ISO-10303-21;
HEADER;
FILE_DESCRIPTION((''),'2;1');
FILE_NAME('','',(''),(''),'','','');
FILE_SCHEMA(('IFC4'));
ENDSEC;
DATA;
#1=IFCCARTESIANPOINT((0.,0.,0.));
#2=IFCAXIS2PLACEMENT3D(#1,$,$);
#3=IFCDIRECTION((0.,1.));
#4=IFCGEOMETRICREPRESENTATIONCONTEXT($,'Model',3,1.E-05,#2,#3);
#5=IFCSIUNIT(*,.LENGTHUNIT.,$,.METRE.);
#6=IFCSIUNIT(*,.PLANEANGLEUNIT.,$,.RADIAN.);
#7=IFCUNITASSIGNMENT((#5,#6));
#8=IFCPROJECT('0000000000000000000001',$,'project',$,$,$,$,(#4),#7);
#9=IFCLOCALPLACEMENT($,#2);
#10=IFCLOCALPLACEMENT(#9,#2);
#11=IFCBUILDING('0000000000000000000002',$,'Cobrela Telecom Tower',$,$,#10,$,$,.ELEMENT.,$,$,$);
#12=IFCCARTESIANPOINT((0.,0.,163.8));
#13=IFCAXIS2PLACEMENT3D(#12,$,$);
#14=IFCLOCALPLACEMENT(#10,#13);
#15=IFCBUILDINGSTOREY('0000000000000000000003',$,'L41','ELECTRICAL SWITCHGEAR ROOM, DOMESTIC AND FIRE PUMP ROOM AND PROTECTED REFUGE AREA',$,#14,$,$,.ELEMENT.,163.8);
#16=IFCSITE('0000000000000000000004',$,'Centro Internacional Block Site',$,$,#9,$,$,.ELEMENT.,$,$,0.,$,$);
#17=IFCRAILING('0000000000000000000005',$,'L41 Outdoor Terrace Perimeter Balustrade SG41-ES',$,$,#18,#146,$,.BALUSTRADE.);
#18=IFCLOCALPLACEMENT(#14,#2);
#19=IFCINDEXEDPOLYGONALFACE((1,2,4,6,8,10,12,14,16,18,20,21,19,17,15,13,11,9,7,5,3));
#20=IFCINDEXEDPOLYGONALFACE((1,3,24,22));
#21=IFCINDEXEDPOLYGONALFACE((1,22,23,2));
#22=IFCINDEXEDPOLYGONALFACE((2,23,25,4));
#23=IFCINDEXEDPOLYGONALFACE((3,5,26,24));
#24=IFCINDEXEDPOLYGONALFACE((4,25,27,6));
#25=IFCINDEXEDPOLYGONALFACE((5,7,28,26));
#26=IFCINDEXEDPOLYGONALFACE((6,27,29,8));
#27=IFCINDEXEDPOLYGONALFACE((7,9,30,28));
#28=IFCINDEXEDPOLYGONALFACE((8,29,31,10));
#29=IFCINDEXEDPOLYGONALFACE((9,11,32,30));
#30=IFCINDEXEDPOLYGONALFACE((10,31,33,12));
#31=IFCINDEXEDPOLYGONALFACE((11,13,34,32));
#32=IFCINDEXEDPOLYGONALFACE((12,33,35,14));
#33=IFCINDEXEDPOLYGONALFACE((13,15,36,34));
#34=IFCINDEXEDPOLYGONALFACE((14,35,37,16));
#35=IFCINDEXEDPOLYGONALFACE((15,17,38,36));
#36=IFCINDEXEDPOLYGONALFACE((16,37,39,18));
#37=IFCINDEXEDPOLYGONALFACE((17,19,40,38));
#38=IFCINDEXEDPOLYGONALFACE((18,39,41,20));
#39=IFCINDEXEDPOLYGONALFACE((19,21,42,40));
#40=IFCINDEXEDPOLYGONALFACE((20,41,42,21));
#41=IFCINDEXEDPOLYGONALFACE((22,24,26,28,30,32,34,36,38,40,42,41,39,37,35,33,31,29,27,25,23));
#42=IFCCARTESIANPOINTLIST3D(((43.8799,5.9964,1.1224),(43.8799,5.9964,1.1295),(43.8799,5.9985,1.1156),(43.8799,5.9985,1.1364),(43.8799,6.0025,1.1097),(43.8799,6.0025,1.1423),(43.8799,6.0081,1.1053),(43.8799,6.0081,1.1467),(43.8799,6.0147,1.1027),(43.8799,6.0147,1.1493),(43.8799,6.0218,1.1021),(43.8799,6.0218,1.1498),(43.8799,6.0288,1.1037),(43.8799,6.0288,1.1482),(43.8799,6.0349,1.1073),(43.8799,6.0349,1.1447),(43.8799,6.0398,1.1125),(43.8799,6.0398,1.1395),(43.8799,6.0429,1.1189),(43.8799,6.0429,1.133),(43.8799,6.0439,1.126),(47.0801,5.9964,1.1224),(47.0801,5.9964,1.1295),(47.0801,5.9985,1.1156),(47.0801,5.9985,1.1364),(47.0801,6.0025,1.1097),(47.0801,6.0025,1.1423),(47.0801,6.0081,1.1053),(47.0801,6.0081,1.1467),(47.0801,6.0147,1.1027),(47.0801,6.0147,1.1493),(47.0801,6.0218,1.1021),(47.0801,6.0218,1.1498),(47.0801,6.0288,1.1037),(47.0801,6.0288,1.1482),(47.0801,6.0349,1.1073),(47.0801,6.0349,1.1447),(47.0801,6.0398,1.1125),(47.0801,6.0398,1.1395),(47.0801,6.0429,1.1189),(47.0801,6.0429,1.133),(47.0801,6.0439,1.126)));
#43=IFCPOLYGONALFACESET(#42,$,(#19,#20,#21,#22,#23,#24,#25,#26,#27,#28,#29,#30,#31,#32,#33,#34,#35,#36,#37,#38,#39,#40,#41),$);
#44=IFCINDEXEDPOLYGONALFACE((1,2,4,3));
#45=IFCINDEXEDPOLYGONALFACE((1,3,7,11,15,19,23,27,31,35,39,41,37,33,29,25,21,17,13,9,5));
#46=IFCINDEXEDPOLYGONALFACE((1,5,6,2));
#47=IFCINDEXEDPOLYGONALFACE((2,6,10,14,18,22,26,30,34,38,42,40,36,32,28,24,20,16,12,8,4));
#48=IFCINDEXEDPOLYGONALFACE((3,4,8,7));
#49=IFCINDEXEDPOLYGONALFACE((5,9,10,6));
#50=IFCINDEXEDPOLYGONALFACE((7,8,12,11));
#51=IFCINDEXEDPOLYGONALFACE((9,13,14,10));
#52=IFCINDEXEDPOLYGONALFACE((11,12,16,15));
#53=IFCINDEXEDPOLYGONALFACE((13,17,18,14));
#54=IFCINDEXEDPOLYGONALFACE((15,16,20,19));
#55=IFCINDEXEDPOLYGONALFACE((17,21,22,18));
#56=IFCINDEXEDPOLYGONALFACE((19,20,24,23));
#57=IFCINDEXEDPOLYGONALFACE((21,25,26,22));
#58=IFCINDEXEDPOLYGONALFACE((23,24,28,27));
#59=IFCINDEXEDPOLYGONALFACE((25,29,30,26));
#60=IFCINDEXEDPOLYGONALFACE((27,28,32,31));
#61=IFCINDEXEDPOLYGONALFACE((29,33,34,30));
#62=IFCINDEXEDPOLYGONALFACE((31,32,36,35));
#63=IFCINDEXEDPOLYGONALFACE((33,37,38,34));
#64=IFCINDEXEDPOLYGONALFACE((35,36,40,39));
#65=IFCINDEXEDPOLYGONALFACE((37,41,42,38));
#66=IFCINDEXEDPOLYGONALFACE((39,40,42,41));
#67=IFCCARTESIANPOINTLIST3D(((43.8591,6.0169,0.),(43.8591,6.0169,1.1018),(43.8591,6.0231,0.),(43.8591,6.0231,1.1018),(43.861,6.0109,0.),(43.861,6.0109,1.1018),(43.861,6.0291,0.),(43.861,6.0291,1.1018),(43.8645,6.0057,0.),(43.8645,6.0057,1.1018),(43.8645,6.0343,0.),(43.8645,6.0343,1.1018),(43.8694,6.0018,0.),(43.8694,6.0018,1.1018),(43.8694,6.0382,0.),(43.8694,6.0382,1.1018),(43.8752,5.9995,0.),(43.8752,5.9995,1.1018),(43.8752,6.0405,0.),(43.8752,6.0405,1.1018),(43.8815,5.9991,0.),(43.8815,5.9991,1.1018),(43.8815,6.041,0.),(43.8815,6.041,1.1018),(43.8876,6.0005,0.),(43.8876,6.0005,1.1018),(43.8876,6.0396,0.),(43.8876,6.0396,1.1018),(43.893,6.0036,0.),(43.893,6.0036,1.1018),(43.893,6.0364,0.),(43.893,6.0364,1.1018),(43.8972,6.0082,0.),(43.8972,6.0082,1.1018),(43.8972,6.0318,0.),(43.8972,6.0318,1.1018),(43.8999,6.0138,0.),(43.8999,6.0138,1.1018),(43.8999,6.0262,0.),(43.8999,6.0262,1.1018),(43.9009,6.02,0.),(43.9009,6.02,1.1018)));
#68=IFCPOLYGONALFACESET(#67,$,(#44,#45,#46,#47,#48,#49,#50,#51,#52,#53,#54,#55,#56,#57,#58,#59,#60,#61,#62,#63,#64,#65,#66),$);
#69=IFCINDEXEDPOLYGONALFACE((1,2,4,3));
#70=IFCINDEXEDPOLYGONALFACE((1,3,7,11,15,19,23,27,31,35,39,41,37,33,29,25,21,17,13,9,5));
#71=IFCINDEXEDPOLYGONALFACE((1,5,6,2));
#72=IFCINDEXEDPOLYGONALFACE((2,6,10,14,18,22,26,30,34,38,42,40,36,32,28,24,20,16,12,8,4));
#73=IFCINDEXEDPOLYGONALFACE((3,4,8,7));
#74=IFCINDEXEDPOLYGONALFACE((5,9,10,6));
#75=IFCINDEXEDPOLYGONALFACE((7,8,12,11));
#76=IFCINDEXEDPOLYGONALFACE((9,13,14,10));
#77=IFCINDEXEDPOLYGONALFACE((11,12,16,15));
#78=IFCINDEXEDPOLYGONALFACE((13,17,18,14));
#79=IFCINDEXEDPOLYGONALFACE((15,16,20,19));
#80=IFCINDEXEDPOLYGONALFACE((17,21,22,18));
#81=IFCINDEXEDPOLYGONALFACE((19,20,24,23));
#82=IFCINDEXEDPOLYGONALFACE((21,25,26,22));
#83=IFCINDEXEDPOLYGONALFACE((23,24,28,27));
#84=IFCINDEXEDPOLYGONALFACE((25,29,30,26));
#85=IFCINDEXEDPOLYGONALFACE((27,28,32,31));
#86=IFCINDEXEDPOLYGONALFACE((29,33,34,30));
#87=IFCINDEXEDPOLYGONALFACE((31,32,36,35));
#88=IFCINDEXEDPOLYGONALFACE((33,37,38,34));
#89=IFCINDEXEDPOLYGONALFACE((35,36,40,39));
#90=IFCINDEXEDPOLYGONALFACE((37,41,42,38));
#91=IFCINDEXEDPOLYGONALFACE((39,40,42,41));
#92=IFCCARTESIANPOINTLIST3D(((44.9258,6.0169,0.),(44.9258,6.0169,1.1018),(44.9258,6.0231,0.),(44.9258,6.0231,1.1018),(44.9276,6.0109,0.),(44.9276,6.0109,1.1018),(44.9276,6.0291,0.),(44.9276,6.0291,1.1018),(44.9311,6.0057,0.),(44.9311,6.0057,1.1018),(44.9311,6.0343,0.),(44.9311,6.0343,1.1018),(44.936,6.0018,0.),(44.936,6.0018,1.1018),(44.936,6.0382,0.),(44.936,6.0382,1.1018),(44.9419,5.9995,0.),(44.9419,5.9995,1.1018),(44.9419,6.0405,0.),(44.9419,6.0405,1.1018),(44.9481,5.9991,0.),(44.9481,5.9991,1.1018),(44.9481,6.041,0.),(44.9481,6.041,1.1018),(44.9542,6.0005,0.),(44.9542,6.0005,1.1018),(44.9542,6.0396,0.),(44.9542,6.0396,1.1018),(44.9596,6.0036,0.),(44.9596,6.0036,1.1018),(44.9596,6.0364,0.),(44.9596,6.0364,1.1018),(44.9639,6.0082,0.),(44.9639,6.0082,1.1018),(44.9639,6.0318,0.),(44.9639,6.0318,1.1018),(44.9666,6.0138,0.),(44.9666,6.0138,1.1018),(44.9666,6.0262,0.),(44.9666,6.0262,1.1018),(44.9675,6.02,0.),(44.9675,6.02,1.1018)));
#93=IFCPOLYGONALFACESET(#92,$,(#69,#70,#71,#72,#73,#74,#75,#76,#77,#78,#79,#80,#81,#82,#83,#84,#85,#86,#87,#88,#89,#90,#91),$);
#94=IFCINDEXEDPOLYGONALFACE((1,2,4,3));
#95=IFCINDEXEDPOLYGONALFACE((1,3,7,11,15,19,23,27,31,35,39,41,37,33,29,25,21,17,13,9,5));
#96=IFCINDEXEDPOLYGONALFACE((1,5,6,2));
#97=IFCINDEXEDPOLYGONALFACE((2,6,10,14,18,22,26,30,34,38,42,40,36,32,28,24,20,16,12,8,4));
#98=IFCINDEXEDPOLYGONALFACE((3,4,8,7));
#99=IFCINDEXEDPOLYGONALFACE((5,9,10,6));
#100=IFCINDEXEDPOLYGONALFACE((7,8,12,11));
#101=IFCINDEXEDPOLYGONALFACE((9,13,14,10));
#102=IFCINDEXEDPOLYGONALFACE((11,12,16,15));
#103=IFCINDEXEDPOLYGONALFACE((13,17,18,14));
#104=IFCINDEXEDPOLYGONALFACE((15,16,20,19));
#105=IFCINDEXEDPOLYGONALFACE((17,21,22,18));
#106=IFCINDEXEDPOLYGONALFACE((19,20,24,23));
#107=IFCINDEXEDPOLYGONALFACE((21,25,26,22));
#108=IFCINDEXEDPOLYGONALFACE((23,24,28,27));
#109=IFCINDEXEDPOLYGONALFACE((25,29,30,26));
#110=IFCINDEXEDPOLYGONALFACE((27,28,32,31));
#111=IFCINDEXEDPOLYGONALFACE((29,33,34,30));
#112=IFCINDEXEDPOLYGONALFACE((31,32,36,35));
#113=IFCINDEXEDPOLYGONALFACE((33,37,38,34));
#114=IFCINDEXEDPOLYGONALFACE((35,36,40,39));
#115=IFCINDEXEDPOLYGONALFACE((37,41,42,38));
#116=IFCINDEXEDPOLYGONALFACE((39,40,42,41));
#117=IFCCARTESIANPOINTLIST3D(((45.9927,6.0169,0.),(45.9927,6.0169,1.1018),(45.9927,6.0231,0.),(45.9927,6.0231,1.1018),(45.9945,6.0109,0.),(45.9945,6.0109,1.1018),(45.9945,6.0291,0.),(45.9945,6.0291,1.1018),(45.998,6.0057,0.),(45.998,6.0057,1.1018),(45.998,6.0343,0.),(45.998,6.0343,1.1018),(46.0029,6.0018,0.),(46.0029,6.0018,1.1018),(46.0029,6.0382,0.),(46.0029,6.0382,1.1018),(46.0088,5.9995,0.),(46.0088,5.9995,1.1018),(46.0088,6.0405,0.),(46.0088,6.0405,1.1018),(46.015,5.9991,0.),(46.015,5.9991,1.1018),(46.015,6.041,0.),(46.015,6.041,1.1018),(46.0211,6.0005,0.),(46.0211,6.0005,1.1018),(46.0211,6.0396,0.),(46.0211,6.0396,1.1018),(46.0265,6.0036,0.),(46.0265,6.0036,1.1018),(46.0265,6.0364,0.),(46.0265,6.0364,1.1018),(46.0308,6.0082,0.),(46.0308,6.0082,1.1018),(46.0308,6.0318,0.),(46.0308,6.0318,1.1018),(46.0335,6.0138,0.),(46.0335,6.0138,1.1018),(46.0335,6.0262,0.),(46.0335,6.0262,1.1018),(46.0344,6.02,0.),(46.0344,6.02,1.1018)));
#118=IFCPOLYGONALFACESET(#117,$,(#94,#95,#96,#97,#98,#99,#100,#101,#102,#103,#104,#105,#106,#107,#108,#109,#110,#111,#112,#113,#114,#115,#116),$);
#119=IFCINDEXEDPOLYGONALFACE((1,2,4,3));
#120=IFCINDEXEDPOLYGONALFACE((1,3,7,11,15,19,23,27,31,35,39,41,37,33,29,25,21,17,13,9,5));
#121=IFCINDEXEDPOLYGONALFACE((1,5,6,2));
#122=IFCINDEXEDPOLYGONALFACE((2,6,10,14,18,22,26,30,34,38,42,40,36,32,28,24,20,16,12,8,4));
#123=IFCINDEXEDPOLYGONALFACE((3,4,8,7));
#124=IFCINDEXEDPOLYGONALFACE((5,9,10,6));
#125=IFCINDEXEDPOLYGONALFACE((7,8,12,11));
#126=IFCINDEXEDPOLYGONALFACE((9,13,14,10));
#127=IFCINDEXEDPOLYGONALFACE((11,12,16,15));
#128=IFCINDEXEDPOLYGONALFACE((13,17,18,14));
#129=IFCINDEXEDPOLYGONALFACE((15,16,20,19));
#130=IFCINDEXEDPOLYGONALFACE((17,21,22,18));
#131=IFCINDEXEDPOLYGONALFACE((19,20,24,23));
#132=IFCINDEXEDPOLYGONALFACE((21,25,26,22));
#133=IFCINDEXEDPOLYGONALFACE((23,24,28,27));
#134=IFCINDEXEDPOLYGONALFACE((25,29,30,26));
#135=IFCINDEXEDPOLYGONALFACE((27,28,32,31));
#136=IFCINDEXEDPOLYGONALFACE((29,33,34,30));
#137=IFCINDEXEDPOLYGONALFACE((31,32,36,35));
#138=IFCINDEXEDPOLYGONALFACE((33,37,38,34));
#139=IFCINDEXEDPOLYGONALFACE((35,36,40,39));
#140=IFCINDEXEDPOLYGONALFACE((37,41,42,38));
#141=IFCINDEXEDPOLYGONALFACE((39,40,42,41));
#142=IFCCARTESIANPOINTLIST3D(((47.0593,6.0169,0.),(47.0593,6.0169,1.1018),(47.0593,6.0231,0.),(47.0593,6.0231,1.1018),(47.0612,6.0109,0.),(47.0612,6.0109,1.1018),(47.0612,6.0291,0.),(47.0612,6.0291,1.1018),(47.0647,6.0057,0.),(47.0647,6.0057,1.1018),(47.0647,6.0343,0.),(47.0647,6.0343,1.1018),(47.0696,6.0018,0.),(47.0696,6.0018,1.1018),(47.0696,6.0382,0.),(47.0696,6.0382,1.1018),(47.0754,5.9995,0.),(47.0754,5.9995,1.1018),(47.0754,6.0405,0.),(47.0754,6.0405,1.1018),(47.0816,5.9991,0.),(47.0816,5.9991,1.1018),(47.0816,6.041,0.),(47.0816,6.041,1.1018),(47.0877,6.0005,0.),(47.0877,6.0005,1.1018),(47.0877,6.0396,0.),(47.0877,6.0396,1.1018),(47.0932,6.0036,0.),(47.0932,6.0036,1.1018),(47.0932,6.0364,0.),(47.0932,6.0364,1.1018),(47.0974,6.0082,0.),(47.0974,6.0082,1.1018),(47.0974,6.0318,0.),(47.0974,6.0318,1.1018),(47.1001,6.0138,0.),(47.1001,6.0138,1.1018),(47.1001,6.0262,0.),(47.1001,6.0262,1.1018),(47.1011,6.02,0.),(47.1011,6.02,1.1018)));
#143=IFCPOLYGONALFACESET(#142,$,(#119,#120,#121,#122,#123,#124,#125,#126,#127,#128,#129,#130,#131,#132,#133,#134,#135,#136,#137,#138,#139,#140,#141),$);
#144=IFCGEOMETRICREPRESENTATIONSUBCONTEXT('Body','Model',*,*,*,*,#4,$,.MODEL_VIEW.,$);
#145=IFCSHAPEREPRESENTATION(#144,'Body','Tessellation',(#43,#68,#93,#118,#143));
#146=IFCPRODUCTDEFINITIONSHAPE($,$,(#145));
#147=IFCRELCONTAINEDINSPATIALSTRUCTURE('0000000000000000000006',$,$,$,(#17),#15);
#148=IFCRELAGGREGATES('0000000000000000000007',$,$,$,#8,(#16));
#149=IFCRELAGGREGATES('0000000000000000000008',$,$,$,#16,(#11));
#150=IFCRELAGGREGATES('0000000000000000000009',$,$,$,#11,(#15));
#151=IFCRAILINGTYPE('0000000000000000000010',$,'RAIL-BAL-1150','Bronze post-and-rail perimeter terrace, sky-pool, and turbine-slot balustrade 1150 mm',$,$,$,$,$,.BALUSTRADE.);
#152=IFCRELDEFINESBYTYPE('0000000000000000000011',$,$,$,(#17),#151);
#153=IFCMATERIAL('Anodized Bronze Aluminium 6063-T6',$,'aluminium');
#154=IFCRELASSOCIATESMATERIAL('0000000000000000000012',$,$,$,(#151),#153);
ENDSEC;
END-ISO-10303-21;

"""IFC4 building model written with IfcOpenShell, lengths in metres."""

from ifc_helpers import new_model, si_unit, direction, frame, origin, origin_2d, place, context, subcontext, project, spatial, circle, extrude, material, type_object, element, save


model = new_model("IFC4")

# Units and contexts
model_context = context("Model", 3, precision=1e-05, world=origin(), true_north=direction((0.0, 1.0)))
body_context = subcontext(model_context, "Body", "Model", "MODEL_VIEW")
ifc_project = project(units=[si_unit("LENGTHUNIT", "METRE"), si_unit("PLANEANGLEUNIT", "RADIAN")], contexts=[model_context])

# Site, building, storey
site_placement = place(None, origin())
site = spatial("IfcSite", under=ifc_project, at=site_placement, Name="Centro Internacional Block Site", CompositionType="ELEMENT", RefElevation=0.0)
building_placement = place(site_placement, origin())
building = spatial("IfcBuilding", under=site, at=building_placement, Name="Cobrela Telecom Tower", CompositionType="ELEMENT")
storey_placement = place(building_placement, frame((0.0, 0.0, 163.8)))
storey = spatial("IfcBuildingStorey", under=building, at=storey_placement, Name="L41", Description="ELECTRICAL SWITCHGEAR ROOM, DOMESTIC AND FIRE PUMP ROOM AND PROTECTED REFUGE AREA", CompositionType="ELEMENT", Elevation=163.8)

# Railing
ifc_material_1 = material(Name="Anodized Bronze Aluminium 6063-T6", Category="aluminium")
railing_type = type_object("IfcRailingType", Name="RAIL-BAL-1150", Description="Bronze post-and-rail perimeter terrace, sky-pool, and turbine-slot balustrade 1150 mm", PredefinedType="BALUSTRADE", material=ifc_material_1)
railing_1_placement = place(storey_placement, frame((43.8799, 6.02, 0.0)))
element("IfcRailing", 1, at=railing_1_placement, inside=storey, type_object=railing_type, Name="L41 Outdoor Terrace Perimeter Balustrade SG41-ES", PredefinedType="BALUSTRADE", context=body_context, shape_type="SweptSolid", body=[
    extrude(circle(Radius=0.0239, at=origin_2d()), frame((0.0, 0.0, 1.126), z_axis=(1.0, 0.0, 0.0), x_axis=(0.0, 1.0, 0.0)), (0.0, 0.0, 1.0), 3.2002),
    extrude(circle(Radius=0.021, at=origin_2d()), origin(), (0.0, 0.0, 1.0), 1.1018),
    extrude(circle(Radius=0.021, at=origin_2d()), frame((1.0667, 0.0, 0.0)), (0.0, 0.0, 1.0), 1.1018),
    extrude(circle(Radius=0.021, at=origin_2d()), frame((2.1335, 0.0, 0.0)), (0.0, 0.0, 1.0), 1.1018),
    extrude(circle(Radius=0.021, at=origin_2d()), frame((3.2002, 0.0, 0.0)), (0.0, 0.0, 1.0), 1.1018),
])

save(model, "model.ifc")
